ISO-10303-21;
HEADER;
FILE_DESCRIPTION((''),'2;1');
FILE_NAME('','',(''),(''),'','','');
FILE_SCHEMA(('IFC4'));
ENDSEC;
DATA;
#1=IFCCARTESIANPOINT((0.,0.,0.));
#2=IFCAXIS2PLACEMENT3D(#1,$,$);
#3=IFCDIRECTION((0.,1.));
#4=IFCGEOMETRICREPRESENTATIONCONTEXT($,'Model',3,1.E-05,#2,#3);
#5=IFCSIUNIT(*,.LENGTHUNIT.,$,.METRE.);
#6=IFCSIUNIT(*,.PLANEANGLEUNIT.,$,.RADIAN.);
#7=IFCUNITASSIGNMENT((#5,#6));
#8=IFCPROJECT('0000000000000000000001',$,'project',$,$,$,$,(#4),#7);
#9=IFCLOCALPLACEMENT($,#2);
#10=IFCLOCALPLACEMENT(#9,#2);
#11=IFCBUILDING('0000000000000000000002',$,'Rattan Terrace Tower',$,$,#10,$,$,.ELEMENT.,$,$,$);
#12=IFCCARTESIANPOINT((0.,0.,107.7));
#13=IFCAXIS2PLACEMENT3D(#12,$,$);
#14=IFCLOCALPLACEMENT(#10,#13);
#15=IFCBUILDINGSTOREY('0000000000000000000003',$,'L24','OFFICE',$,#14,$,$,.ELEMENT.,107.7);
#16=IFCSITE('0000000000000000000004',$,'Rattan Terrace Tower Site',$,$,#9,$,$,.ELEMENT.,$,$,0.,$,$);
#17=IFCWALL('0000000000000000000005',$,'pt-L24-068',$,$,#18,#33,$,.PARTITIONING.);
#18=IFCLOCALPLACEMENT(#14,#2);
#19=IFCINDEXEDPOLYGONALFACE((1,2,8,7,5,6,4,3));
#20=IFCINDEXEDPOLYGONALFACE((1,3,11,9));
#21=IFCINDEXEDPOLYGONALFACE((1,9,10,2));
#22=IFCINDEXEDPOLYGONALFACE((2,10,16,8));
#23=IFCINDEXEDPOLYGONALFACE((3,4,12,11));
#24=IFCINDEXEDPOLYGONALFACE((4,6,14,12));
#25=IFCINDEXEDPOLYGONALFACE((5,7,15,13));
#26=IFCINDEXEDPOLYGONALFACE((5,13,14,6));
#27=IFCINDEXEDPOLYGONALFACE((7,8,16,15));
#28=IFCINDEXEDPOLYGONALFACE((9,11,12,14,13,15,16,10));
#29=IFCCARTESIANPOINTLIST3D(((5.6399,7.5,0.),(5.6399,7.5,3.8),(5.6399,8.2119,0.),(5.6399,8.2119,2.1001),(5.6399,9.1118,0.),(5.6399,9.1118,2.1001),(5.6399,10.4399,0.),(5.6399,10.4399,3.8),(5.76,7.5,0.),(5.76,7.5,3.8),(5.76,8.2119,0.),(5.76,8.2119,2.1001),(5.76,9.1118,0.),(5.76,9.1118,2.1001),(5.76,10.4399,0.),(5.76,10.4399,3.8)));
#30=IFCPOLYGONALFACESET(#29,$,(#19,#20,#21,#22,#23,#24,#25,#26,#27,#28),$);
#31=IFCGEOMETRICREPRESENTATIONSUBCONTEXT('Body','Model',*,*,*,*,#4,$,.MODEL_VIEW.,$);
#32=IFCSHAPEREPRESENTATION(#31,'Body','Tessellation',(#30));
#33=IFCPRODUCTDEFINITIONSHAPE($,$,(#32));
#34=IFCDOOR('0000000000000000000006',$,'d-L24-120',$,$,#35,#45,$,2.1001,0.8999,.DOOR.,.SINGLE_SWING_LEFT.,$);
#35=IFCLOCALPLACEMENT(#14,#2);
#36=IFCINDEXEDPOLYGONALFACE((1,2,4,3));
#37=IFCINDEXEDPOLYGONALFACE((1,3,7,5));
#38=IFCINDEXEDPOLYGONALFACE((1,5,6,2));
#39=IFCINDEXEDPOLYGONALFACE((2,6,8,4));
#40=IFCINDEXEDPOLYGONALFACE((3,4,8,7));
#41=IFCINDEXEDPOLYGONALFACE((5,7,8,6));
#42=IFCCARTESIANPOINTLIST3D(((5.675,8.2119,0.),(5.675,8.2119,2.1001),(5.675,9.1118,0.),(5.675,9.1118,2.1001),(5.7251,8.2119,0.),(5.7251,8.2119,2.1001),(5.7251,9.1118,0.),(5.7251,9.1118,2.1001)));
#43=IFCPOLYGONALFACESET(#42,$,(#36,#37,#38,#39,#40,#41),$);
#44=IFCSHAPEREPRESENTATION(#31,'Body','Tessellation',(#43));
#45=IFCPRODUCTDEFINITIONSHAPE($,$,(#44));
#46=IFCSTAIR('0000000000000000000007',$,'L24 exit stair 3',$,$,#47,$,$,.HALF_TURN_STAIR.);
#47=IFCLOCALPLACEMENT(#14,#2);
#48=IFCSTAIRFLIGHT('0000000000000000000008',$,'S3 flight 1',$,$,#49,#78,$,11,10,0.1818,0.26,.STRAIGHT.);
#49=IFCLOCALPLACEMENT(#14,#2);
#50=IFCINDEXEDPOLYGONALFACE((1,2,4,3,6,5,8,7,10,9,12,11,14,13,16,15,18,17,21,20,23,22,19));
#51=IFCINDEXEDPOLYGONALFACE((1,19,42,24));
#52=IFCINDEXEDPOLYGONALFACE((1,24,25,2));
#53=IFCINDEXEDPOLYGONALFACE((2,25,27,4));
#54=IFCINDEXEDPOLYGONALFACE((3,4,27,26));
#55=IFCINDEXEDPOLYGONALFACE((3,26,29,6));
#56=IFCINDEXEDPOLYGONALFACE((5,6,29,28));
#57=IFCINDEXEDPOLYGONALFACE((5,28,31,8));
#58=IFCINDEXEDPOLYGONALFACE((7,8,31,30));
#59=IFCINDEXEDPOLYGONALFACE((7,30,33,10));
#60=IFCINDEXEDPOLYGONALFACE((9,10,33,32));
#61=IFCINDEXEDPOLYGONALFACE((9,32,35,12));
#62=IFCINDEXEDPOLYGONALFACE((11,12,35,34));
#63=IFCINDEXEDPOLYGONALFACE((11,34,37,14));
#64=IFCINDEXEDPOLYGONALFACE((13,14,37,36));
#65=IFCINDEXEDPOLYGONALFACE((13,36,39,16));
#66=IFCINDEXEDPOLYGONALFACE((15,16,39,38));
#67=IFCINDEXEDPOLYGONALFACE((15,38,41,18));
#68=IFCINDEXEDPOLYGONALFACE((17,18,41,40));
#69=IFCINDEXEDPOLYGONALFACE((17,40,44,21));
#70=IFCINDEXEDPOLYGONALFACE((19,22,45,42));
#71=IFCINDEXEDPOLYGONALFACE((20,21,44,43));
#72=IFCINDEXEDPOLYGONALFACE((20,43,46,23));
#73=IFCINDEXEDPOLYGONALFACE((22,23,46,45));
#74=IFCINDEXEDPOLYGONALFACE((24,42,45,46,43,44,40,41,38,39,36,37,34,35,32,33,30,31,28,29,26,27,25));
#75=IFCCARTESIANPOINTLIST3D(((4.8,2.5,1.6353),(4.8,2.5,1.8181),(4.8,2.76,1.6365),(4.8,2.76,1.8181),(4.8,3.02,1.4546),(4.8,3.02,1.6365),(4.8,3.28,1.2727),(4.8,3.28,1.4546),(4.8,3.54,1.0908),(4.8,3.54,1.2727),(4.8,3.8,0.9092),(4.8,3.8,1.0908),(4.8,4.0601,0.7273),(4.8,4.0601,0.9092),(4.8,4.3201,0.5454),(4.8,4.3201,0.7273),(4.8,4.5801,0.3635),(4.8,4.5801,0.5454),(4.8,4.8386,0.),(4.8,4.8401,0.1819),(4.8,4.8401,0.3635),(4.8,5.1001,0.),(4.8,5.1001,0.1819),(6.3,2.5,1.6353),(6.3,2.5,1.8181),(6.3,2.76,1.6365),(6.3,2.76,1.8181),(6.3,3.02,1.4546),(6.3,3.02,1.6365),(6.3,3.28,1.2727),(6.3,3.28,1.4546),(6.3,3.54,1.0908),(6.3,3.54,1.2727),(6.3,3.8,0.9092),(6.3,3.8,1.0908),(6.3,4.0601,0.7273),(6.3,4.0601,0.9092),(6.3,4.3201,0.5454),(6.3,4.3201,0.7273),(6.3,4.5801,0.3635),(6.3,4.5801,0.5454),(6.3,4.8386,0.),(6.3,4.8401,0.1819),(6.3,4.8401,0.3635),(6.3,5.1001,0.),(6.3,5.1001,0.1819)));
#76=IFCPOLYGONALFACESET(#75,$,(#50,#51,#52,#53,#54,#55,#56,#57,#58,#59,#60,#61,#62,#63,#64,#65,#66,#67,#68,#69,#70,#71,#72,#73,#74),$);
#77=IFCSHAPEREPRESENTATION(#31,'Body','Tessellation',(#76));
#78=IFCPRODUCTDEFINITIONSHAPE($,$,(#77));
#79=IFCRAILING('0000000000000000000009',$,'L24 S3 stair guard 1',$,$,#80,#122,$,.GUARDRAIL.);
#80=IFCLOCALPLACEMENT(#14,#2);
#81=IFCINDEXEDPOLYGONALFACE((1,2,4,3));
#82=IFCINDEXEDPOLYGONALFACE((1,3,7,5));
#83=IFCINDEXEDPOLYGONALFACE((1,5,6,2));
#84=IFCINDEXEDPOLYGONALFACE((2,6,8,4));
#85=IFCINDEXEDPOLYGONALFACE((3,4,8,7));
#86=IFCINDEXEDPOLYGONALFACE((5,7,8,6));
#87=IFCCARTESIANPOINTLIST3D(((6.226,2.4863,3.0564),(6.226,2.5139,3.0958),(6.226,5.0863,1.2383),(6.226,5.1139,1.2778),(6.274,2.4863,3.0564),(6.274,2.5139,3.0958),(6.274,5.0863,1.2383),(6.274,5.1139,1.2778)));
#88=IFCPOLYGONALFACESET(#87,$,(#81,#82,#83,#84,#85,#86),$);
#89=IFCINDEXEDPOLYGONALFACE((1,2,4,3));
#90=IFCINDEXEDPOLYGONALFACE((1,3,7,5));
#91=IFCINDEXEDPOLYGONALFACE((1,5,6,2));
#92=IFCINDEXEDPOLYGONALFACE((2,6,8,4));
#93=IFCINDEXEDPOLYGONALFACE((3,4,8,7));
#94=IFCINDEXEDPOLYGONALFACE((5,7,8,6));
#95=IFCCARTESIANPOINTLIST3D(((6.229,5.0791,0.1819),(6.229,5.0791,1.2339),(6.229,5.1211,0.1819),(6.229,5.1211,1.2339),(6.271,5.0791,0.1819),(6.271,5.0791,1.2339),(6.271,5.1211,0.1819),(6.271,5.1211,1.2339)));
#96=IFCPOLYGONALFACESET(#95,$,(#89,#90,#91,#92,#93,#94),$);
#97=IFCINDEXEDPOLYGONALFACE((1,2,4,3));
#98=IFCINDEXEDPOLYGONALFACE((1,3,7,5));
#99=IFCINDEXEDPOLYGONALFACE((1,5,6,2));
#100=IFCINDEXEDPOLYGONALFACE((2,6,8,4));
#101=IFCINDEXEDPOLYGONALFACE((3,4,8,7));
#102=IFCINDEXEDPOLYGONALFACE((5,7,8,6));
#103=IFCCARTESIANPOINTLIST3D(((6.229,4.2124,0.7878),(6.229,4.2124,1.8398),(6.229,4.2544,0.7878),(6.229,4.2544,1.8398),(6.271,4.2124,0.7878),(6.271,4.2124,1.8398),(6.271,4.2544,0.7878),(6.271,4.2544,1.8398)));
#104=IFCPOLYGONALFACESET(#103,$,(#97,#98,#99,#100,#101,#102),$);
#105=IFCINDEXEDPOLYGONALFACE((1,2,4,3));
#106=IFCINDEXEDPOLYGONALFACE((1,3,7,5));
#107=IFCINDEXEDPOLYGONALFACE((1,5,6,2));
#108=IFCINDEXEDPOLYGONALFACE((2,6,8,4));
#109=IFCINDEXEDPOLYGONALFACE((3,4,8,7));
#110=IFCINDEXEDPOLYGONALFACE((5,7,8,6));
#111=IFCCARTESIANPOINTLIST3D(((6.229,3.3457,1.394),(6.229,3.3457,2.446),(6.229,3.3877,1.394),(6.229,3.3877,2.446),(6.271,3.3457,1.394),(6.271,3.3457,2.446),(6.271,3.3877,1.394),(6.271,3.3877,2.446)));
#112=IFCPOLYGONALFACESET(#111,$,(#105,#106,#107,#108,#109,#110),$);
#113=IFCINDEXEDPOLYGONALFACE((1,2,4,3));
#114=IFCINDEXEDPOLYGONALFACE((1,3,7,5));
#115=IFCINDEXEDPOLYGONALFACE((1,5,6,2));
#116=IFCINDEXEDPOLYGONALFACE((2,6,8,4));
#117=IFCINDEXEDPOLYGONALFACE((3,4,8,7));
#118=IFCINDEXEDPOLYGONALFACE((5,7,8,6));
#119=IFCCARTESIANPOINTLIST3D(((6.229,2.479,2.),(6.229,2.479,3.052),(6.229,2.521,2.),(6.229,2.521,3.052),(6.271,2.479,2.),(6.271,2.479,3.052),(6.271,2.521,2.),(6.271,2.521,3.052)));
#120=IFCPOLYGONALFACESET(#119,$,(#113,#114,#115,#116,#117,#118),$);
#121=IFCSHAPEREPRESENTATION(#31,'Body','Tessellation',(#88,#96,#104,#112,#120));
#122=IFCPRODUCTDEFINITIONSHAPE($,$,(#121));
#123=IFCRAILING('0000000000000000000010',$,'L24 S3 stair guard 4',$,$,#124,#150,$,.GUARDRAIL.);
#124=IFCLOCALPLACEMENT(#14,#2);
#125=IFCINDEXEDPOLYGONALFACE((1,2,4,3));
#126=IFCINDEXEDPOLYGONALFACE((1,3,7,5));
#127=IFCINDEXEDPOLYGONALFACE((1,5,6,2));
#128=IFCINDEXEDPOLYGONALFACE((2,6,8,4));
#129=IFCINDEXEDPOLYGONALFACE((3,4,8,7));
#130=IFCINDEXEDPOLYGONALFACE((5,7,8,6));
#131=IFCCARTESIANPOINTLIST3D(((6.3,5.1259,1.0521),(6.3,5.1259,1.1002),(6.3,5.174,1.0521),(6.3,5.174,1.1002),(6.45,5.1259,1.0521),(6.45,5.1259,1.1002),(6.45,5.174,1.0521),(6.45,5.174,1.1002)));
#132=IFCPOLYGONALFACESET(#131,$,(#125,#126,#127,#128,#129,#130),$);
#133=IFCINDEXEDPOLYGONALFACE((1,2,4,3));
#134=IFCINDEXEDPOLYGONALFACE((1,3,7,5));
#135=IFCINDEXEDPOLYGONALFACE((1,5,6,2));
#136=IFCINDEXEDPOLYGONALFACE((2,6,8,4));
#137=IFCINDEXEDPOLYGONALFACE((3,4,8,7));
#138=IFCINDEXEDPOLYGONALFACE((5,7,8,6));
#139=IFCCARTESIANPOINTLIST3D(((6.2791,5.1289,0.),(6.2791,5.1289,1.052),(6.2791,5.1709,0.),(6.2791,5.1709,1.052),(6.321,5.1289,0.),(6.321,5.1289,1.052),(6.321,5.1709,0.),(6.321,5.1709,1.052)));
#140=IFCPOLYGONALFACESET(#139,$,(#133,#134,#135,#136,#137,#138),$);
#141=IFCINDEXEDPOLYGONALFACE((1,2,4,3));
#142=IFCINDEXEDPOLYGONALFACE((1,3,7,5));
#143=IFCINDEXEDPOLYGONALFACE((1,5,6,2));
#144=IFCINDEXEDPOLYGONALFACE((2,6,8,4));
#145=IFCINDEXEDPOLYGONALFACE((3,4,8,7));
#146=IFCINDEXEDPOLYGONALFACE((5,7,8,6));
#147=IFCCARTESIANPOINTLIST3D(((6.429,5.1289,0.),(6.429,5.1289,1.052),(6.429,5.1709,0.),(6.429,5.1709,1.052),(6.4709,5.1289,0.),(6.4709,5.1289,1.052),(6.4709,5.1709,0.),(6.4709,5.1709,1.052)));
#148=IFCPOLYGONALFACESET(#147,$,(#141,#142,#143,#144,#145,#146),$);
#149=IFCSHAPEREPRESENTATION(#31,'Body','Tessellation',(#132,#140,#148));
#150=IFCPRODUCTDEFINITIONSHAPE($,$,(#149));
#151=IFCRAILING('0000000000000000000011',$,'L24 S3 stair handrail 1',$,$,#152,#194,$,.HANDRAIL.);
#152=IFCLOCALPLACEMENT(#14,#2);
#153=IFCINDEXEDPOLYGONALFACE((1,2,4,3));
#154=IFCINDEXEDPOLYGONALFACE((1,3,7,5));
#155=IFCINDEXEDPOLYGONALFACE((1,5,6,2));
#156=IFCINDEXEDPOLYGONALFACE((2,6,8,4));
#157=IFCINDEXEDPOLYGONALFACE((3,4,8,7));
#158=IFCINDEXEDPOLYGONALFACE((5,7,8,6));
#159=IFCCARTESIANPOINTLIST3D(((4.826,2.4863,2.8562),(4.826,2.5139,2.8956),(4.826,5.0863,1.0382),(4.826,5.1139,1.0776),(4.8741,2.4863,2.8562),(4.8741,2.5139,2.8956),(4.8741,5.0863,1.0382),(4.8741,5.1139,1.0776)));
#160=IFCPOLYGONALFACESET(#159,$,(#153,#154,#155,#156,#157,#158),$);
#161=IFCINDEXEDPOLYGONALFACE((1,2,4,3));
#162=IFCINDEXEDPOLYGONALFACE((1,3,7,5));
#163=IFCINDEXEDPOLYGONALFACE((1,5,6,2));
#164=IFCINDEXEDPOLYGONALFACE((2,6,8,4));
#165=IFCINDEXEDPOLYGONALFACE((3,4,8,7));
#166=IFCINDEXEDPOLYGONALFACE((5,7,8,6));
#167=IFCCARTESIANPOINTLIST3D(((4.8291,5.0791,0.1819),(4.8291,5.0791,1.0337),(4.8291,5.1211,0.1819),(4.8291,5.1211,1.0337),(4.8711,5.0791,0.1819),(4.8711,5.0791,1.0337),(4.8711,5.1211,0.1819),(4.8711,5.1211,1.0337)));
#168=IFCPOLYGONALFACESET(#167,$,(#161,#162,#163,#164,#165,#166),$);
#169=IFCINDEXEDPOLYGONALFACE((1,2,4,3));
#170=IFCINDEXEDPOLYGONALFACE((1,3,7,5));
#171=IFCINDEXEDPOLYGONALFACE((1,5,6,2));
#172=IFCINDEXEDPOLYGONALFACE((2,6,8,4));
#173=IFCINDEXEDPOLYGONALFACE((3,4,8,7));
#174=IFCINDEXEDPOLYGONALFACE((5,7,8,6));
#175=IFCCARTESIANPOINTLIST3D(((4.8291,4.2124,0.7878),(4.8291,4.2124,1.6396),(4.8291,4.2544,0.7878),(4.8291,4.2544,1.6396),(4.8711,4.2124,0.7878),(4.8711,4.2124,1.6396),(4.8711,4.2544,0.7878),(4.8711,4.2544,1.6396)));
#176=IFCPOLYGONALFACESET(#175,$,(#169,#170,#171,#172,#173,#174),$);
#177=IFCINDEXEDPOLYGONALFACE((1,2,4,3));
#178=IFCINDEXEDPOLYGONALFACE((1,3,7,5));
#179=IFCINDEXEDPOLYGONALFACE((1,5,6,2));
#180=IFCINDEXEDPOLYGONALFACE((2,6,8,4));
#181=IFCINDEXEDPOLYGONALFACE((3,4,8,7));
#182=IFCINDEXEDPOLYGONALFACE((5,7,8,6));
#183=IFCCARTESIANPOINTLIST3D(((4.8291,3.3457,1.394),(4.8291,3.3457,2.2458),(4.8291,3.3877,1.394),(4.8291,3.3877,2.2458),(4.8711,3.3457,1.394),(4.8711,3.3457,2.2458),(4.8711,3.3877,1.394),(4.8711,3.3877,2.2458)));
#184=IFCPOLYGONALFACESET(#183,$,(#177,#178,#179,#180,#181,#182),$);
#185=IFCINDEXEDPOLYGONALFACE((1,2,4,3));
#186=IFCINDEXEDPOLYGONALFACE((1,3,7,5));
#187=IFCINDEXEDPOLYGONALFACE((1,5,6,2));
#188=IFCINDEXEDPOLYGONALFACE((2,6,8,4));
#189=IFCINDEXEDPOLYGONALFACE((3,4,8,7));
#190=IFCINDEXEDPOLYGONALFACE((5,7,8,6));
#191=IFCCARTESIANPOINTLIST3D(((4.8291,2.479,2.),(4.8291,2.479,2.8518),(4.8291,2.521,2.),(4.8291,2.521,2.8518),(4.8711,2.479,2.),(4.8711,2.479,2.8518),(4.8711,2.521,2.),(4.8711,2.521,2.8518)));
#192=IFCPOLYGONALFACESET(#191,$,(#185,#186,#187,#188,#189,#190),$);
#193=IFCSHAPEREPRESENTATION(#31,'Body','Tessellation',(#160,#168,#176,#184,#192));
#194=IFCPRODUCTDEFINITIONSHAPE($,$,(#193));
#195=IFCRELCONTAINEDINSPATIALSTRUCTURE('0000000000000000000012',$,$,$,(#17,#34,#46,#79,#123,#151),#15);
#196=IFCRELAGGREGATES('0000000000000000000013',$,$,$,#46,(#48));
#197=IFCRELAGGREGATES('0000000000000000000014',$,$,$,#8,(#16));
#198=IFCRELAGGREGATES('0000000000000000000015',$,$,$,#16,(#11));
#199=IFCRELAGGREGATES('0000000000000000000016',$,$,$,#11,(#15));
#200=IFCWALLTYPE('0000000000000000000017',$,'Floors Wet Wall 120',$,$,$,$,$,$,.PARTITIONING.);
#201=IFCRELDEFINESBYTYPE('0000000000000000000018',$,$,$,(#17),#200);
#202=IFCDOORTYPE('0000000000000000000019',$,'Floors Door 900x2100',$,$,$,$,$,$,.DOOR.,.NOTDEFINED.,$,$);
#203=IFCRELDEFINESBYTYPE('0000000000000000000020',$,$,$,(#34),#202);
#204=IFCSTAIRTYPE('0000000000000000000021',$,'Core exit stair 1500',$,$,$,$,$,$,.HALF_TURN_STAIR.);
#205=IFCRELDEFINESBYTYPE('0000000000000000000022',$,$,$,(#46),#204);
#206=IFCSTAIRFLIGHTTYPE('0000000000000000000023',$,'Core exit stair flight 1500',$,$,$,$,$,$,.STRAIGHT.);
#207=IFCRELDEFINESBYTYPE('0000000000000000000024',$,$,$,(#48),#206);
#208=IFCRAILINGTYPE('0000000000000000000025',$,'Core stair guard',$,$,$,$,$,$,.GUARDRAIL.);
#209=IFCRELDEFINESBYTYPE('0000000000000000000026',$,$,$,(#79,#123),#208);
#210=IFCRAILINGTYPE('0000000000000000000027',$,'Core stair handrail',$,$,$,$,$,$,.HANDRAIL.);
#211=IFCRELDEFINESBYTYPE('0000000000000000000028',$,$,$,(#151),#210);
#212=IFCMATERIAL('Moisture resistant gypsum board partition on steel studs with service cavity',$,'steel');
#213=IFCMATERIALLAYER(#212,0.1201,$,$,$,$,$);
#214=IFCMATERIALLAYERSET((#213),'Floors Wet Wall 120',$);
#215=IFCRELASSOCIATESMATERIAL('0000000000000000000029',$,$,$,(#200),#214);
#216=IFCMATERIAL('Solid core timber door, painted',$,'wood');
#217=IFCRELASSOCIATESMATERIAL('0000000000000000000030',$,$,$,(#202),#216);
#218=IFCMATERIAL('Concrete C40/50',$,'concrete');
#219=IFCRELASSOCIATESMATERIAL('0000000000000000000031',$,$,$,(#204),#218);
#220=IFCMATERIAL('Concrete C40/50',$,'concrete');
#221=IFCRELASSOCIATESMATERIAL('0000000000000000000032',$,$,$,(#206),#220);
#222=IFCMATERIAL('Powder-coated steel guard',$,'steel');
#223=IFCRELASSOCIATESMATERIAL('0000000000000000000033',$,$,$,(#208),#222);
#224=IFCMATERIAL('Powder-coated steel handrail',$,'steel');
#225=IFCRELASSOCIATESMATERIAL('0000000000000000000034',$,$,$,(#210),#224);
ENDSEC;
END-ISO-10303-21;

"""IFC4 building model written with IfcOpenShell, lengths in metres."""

from ifc_helpers import new_model, si_unit, direction, frame, frame_2d, origin, origin_2d, place, context, subcontext, project, spatial, polyline, rectangle, outline, extrude, material, layer, layer_set, type_object, element, fill, aggregate, save


model = new_model("IFC4")

# Units and contexts
model_context = context("Model", 3, precision=1e-05, world=origin(), true_north=direction((0.0, 1.0)))
body_context = subcontext(model_context, "Body", "Model", "MODEL_VIEW")
ifc_project = project(units=[si_unit("LENGTHUNIT", "METRE"), si_unit("PLANEANGLEUNIT", "RADIAN")], contexts=[model_context])

# Site, building, storey
site_placement = place(None, origin())
site = spatial("IfcSite", under=ifc_project, at=site_placement, Name="Rattan Terrace Tower Site", CompositionType="ELEMENT", RefElevation=0.0)
building_placement = place(site_placement, origin())
building = spatial("IfcBuilding", under=site, at=building_placement, Name="Rattan Terrace Tower", CompositionType="ELEMENT")
storey_placement = place(building_placement, frame((0.0, 0.0, 107.7)))
storey = spatial("IfcBuildingStorey", under=building, at=storey_placement, Name="L24", Description="OFFICE", CompositionType="ELEMENT", Elevation=107.7)

# Shared definitions
ifc_material_1 = material(Name="Moisture resistant gypsum board partition on steel studs with service cavity", Category="steel")
ifc_layer_1 = layer(ifc_material_1, 0.1201)
ifc_layer_set_1 = layer_set([ifc_layer_1], Name="Floors Wet Wall 120")
wall_type = type_object("IfcWallType", Name="Floors Wet Wall 120", PredefinedType="PARTITIONING", material=ifc_layer_set_1)

# Wall, opening, door
wall_1_placement = place(storey_placement, frame((5.7, 7.5, 0.0), z_axis=(0.0, 0.0, 1.0), x_axis=(0.0, 1.0, 0.0)))
wall_1 = element("IfcWall", 1, at=wall_1_placement, inside=storey, type_object=wall_type, Name="pt-L24-068", PredefinedType="PARTITIONING", context=body_context, shape_type="SweptSolid", body=[
    extrude(rectangle(XDim=2.9399, YDim=0.1201, at=frame_2d((1.47, 0.0))), origin(), (0.0, 0.0, 1.0), 3.8),
])
opening_placement = place(wall_1_placement, frame((0.7119, 0.0, 0.0)))
opening = element("IfcOpeningElement", 2, at=opening_placement, cuts=wall_1, PredefinedType="OPENING", context=body_context, shape_type="SweptSolid", body=[
    extrude(rectangle(XDim=0.8999, YDim=2.1001, at=frame_2d((0.45, 1.05))), frame((0.0, 0.0706, 0.0), z_axis=(0.0, -1.0, 0.0), x_axis=(1.0, 0.0, 0.0)), (0.0, 0.0, 1.0), 0.1411),
])
ifc_material_2 = material(Name="Solid core timber door, painted", Category="wood")
door_type = type_object("IfcDoorType", Name="Floors Door 900x2100", OperationType="NOTDEFINED", PredefinedType="DOOR", material=ifc_material_2)
door_placement = place(opening_placement, origin())
door = element("IfcDoor", 3, at=door_placement, inside=storey, type_object=door_type, Name="d-L24-120", OperationType="SINGLE_SWING_LEFT", OverallHeight=2.1001, OverallWidth=0.8999, PredefinedType="DOOR", context=body_context, shape_type="SweptSolid", body=[
    extrude(rectangle(XDim=0.8999, YDim=2.1001, at=frame_2d((0.45, 1.05))), frame((0.0, 0.0249, 0.0), z_axis=(0.0, -1.0, 0.0), x_axis=(1.0, 0.0, 0.0)), (0.0, 0.0, 1.0), 0.05),
])
fill(opening, door)

# Stair, stair flight
ifc_material_3 = material(Name="Concrete C40/50", Category="concrete")
stair_type = type_object("IfcStairType", Name="Core exit stair 1500", PredefinedType="HALF_TURN_STAIR", material=ifc_material_3)
stair_placement = place(storey_placement, origin())
stair = element("IfcStair", 4, at=stair_placement, inside=storey, type_object=stair_type, Name="L24 exit stair 3", PredefinedType="HALF_TURN_STAIR")
ifc_material_4 = material(Name="Concrete C40/50", Category="concrete")
stair_flight_type = type_object("IfcStairFlightType", Name="Core exit stair flight 1500", PredefinedType="STRAIGHT", material=ifc_material_4)
stair_flight_placement = place(storey_placement, frame((5.55, 5.1001, 0.0), z_axis=(0.0, 0.0, 1.0), x_axis=(0.0, -1.0, 0.0)))
stair_flight = element("IfcStairFlight", 5, at=stair_flight_placement, type_object=stair_flight_type, Name="S3 flight 1", NumberOfRisers=11, NumberOfTreads=10, PredefinedType="STRAIGHT", RiserHeight=0.1818, TreadLength=0.26, context=body_context, shape_type="SweptSolid", body=[
    extrude(outline(polyline([(0.0, 0.0), (0.0, 0.1819), (0.26, 0.1819), (0.26, 0.3635), (0.52, 0.3635), (0.52, 0.5454), (0.78, 0.5454), (0.78, 0.7273), (1.04, 0.7273), (1.04, 0.9092), (1.3, 0.9092), (1.3, 1.0908), (1.5601, 1.0908), (1.5601, 1.2727), (1.8201, 1.2727), (1.8201, 1.4546), (2.0801, 1.4546), (2.0801, 1.6365), (2.3401, 1.6365), (2.3401, 1.8181), (2.6001, 1.8181), (2.6001, 2.0), (2.6001, 1.6353), (0.2615, 0.0), (0.0, 0.0)])), frame((0.0, 0.75, 0.0), z_axis=(0.0, -1.0, 0.0), x_axis=(1.0, 0.0, 0.0)), (0.0, 0.0, 1.0), 1.5),
])
aggregate(stair, [stair_flight])

# Railings
ifc_material_5 = material(Name="Powder-coated steel guard", Category="steel")
railing_type_1 = type_object("IfcRailingType", Name="Core stair guard", PredefinedType="GUARDRAIL", material=ifc_material_5)
railing_1_placement = place(storey_placement, frame((6.25, 5.1001, 0.1819)))
element("IfcRailing", 6, at=railing_1_placement, inside=storey, type_object=railing_type_1, Name="L24 S3 stair guard 1", PredefinedType="GUARDRAIL", context=body_context, shape_type="SweptSolid", body=[
    extrude(rectangle(XDim=0.0481, YDim=0.0481, at=origin_2d()), frame((0.0, 0.0, 1.0762), z_axis=(0.0, -0.819521, 0.573049), x_axis=(1.0, 0.0, 0.0)), (0.0, 0.0, 1.0), 3.1726),
    extrude(rectangle(XDim=0.042, YDim=0.042, at=origin_2d()), origin(), (0.0, 0.0, 1.0), 1.052),
    extrude(rectangle(XDim=0.042, YDim=0.042, at=origin_2d()), frame((0.0, -0.8667, 0.606)), (0.0, 0.0, 1.0), 1.052),
    extrude(rectangle(XDim=0.042, YDim=0.042, at=origin_2d()), frame((0.0, -1.7334, 1.2122)), (0.0, 0.0, 1.0), 1.052),
    extrude(rectangle(XDim=0.042, YDim=0.042, at=origin_2d()), frame((0.0, -2.6001, 1.8181)), (0.0, 0.0, 1.0), 1.052),
])
railing_2_placement = place(storey_placement, frame((6.3, 5.1499, 0.0)))
element("IfcRailing", 7, at=railing_2_placement, inside=storey, type_object=railing_type_1, Name="L24 S3 stair guard 4", PredefinedType="GUARDRAIL", context=body_context, shape_type="SweptSolid", body=[
    extrude(rectangle(XDim=0.0481, YDim=0.0481, at=origin_2d()), frame((0.0, 0.0, 1.0762), z_axis=(1.0, 0.0, 0.0), x_axis=(0.0, 1.0, 0.0)), (0.0, 0.0, 1.0), 0.1499),
    extrude(rectangle(XDim=0.042, YDim=0.042, at=origin_2d()), origin(), (0.0, 0.0, 1.0), 1.052),
    extrude(rectangle(XDim=0.042, YDim=0.042, at=origin_2d()), frame((0.1499, 0.0, 0.0)), (0.0, 0.0, 1.0), 1.052),
])
ifc_material_6 = material(Name="Powder-coated steel handrail", Category="steel")
railing_type_2 = type_object("IfcRailingType", Name="Core stair handrail", PredefinedType="HANDRAIL", material=ifc_material_6)
railing_3_placement = place(storey_placement, frame((4.8501, 5.1001, 0.1819)))
element("IfcRailing", 8, at=railing_3_placement, inside=storey, type_object=railing_type_2, Name="L24 S3 stair handrail 1", PredefinedType="HANDRAIL", context=body_context, shape_type="SweptSolid", body=[
    extrude(rectangle(XDim=0.0481, YDim=0.0481, at=origin_2d()), frame((0.0, 0.0, 0.876), z_axis=(0.0, -0.819521, 0.573049), x_axis=(1.0, 0.0, 0.0)), (0.0, 0.0, 1.0), 3.1726),
    extrude(rectangle(XDim=0.042, YDim=0.042, at=origin_2d()), origin(), (0.0, 0.0, 1.0), 0.8518),
    extrude(rectangle(XDim=0.042, YDim=0.042, at=origin_2d()), frame((0.0, -0.8667, 0.606)), (0.0, 0.0, 1.0), 0.8518),
    extrude(rectangle(XDim=0.042, YDim=0.042, at=origin_2d()), frame((0.0, -1.7334, 1.2122)), (0.0, 0.0, 1.0), 0.8518),
    extrude(rectangle(XDim=0.042, YDim=0.042, at=origin_2d()), frame((0.0, -2.6001, 1.8181)), (0.0, 0.0, 1.0), 0.8518),
])

save(model, "model.ifc")
